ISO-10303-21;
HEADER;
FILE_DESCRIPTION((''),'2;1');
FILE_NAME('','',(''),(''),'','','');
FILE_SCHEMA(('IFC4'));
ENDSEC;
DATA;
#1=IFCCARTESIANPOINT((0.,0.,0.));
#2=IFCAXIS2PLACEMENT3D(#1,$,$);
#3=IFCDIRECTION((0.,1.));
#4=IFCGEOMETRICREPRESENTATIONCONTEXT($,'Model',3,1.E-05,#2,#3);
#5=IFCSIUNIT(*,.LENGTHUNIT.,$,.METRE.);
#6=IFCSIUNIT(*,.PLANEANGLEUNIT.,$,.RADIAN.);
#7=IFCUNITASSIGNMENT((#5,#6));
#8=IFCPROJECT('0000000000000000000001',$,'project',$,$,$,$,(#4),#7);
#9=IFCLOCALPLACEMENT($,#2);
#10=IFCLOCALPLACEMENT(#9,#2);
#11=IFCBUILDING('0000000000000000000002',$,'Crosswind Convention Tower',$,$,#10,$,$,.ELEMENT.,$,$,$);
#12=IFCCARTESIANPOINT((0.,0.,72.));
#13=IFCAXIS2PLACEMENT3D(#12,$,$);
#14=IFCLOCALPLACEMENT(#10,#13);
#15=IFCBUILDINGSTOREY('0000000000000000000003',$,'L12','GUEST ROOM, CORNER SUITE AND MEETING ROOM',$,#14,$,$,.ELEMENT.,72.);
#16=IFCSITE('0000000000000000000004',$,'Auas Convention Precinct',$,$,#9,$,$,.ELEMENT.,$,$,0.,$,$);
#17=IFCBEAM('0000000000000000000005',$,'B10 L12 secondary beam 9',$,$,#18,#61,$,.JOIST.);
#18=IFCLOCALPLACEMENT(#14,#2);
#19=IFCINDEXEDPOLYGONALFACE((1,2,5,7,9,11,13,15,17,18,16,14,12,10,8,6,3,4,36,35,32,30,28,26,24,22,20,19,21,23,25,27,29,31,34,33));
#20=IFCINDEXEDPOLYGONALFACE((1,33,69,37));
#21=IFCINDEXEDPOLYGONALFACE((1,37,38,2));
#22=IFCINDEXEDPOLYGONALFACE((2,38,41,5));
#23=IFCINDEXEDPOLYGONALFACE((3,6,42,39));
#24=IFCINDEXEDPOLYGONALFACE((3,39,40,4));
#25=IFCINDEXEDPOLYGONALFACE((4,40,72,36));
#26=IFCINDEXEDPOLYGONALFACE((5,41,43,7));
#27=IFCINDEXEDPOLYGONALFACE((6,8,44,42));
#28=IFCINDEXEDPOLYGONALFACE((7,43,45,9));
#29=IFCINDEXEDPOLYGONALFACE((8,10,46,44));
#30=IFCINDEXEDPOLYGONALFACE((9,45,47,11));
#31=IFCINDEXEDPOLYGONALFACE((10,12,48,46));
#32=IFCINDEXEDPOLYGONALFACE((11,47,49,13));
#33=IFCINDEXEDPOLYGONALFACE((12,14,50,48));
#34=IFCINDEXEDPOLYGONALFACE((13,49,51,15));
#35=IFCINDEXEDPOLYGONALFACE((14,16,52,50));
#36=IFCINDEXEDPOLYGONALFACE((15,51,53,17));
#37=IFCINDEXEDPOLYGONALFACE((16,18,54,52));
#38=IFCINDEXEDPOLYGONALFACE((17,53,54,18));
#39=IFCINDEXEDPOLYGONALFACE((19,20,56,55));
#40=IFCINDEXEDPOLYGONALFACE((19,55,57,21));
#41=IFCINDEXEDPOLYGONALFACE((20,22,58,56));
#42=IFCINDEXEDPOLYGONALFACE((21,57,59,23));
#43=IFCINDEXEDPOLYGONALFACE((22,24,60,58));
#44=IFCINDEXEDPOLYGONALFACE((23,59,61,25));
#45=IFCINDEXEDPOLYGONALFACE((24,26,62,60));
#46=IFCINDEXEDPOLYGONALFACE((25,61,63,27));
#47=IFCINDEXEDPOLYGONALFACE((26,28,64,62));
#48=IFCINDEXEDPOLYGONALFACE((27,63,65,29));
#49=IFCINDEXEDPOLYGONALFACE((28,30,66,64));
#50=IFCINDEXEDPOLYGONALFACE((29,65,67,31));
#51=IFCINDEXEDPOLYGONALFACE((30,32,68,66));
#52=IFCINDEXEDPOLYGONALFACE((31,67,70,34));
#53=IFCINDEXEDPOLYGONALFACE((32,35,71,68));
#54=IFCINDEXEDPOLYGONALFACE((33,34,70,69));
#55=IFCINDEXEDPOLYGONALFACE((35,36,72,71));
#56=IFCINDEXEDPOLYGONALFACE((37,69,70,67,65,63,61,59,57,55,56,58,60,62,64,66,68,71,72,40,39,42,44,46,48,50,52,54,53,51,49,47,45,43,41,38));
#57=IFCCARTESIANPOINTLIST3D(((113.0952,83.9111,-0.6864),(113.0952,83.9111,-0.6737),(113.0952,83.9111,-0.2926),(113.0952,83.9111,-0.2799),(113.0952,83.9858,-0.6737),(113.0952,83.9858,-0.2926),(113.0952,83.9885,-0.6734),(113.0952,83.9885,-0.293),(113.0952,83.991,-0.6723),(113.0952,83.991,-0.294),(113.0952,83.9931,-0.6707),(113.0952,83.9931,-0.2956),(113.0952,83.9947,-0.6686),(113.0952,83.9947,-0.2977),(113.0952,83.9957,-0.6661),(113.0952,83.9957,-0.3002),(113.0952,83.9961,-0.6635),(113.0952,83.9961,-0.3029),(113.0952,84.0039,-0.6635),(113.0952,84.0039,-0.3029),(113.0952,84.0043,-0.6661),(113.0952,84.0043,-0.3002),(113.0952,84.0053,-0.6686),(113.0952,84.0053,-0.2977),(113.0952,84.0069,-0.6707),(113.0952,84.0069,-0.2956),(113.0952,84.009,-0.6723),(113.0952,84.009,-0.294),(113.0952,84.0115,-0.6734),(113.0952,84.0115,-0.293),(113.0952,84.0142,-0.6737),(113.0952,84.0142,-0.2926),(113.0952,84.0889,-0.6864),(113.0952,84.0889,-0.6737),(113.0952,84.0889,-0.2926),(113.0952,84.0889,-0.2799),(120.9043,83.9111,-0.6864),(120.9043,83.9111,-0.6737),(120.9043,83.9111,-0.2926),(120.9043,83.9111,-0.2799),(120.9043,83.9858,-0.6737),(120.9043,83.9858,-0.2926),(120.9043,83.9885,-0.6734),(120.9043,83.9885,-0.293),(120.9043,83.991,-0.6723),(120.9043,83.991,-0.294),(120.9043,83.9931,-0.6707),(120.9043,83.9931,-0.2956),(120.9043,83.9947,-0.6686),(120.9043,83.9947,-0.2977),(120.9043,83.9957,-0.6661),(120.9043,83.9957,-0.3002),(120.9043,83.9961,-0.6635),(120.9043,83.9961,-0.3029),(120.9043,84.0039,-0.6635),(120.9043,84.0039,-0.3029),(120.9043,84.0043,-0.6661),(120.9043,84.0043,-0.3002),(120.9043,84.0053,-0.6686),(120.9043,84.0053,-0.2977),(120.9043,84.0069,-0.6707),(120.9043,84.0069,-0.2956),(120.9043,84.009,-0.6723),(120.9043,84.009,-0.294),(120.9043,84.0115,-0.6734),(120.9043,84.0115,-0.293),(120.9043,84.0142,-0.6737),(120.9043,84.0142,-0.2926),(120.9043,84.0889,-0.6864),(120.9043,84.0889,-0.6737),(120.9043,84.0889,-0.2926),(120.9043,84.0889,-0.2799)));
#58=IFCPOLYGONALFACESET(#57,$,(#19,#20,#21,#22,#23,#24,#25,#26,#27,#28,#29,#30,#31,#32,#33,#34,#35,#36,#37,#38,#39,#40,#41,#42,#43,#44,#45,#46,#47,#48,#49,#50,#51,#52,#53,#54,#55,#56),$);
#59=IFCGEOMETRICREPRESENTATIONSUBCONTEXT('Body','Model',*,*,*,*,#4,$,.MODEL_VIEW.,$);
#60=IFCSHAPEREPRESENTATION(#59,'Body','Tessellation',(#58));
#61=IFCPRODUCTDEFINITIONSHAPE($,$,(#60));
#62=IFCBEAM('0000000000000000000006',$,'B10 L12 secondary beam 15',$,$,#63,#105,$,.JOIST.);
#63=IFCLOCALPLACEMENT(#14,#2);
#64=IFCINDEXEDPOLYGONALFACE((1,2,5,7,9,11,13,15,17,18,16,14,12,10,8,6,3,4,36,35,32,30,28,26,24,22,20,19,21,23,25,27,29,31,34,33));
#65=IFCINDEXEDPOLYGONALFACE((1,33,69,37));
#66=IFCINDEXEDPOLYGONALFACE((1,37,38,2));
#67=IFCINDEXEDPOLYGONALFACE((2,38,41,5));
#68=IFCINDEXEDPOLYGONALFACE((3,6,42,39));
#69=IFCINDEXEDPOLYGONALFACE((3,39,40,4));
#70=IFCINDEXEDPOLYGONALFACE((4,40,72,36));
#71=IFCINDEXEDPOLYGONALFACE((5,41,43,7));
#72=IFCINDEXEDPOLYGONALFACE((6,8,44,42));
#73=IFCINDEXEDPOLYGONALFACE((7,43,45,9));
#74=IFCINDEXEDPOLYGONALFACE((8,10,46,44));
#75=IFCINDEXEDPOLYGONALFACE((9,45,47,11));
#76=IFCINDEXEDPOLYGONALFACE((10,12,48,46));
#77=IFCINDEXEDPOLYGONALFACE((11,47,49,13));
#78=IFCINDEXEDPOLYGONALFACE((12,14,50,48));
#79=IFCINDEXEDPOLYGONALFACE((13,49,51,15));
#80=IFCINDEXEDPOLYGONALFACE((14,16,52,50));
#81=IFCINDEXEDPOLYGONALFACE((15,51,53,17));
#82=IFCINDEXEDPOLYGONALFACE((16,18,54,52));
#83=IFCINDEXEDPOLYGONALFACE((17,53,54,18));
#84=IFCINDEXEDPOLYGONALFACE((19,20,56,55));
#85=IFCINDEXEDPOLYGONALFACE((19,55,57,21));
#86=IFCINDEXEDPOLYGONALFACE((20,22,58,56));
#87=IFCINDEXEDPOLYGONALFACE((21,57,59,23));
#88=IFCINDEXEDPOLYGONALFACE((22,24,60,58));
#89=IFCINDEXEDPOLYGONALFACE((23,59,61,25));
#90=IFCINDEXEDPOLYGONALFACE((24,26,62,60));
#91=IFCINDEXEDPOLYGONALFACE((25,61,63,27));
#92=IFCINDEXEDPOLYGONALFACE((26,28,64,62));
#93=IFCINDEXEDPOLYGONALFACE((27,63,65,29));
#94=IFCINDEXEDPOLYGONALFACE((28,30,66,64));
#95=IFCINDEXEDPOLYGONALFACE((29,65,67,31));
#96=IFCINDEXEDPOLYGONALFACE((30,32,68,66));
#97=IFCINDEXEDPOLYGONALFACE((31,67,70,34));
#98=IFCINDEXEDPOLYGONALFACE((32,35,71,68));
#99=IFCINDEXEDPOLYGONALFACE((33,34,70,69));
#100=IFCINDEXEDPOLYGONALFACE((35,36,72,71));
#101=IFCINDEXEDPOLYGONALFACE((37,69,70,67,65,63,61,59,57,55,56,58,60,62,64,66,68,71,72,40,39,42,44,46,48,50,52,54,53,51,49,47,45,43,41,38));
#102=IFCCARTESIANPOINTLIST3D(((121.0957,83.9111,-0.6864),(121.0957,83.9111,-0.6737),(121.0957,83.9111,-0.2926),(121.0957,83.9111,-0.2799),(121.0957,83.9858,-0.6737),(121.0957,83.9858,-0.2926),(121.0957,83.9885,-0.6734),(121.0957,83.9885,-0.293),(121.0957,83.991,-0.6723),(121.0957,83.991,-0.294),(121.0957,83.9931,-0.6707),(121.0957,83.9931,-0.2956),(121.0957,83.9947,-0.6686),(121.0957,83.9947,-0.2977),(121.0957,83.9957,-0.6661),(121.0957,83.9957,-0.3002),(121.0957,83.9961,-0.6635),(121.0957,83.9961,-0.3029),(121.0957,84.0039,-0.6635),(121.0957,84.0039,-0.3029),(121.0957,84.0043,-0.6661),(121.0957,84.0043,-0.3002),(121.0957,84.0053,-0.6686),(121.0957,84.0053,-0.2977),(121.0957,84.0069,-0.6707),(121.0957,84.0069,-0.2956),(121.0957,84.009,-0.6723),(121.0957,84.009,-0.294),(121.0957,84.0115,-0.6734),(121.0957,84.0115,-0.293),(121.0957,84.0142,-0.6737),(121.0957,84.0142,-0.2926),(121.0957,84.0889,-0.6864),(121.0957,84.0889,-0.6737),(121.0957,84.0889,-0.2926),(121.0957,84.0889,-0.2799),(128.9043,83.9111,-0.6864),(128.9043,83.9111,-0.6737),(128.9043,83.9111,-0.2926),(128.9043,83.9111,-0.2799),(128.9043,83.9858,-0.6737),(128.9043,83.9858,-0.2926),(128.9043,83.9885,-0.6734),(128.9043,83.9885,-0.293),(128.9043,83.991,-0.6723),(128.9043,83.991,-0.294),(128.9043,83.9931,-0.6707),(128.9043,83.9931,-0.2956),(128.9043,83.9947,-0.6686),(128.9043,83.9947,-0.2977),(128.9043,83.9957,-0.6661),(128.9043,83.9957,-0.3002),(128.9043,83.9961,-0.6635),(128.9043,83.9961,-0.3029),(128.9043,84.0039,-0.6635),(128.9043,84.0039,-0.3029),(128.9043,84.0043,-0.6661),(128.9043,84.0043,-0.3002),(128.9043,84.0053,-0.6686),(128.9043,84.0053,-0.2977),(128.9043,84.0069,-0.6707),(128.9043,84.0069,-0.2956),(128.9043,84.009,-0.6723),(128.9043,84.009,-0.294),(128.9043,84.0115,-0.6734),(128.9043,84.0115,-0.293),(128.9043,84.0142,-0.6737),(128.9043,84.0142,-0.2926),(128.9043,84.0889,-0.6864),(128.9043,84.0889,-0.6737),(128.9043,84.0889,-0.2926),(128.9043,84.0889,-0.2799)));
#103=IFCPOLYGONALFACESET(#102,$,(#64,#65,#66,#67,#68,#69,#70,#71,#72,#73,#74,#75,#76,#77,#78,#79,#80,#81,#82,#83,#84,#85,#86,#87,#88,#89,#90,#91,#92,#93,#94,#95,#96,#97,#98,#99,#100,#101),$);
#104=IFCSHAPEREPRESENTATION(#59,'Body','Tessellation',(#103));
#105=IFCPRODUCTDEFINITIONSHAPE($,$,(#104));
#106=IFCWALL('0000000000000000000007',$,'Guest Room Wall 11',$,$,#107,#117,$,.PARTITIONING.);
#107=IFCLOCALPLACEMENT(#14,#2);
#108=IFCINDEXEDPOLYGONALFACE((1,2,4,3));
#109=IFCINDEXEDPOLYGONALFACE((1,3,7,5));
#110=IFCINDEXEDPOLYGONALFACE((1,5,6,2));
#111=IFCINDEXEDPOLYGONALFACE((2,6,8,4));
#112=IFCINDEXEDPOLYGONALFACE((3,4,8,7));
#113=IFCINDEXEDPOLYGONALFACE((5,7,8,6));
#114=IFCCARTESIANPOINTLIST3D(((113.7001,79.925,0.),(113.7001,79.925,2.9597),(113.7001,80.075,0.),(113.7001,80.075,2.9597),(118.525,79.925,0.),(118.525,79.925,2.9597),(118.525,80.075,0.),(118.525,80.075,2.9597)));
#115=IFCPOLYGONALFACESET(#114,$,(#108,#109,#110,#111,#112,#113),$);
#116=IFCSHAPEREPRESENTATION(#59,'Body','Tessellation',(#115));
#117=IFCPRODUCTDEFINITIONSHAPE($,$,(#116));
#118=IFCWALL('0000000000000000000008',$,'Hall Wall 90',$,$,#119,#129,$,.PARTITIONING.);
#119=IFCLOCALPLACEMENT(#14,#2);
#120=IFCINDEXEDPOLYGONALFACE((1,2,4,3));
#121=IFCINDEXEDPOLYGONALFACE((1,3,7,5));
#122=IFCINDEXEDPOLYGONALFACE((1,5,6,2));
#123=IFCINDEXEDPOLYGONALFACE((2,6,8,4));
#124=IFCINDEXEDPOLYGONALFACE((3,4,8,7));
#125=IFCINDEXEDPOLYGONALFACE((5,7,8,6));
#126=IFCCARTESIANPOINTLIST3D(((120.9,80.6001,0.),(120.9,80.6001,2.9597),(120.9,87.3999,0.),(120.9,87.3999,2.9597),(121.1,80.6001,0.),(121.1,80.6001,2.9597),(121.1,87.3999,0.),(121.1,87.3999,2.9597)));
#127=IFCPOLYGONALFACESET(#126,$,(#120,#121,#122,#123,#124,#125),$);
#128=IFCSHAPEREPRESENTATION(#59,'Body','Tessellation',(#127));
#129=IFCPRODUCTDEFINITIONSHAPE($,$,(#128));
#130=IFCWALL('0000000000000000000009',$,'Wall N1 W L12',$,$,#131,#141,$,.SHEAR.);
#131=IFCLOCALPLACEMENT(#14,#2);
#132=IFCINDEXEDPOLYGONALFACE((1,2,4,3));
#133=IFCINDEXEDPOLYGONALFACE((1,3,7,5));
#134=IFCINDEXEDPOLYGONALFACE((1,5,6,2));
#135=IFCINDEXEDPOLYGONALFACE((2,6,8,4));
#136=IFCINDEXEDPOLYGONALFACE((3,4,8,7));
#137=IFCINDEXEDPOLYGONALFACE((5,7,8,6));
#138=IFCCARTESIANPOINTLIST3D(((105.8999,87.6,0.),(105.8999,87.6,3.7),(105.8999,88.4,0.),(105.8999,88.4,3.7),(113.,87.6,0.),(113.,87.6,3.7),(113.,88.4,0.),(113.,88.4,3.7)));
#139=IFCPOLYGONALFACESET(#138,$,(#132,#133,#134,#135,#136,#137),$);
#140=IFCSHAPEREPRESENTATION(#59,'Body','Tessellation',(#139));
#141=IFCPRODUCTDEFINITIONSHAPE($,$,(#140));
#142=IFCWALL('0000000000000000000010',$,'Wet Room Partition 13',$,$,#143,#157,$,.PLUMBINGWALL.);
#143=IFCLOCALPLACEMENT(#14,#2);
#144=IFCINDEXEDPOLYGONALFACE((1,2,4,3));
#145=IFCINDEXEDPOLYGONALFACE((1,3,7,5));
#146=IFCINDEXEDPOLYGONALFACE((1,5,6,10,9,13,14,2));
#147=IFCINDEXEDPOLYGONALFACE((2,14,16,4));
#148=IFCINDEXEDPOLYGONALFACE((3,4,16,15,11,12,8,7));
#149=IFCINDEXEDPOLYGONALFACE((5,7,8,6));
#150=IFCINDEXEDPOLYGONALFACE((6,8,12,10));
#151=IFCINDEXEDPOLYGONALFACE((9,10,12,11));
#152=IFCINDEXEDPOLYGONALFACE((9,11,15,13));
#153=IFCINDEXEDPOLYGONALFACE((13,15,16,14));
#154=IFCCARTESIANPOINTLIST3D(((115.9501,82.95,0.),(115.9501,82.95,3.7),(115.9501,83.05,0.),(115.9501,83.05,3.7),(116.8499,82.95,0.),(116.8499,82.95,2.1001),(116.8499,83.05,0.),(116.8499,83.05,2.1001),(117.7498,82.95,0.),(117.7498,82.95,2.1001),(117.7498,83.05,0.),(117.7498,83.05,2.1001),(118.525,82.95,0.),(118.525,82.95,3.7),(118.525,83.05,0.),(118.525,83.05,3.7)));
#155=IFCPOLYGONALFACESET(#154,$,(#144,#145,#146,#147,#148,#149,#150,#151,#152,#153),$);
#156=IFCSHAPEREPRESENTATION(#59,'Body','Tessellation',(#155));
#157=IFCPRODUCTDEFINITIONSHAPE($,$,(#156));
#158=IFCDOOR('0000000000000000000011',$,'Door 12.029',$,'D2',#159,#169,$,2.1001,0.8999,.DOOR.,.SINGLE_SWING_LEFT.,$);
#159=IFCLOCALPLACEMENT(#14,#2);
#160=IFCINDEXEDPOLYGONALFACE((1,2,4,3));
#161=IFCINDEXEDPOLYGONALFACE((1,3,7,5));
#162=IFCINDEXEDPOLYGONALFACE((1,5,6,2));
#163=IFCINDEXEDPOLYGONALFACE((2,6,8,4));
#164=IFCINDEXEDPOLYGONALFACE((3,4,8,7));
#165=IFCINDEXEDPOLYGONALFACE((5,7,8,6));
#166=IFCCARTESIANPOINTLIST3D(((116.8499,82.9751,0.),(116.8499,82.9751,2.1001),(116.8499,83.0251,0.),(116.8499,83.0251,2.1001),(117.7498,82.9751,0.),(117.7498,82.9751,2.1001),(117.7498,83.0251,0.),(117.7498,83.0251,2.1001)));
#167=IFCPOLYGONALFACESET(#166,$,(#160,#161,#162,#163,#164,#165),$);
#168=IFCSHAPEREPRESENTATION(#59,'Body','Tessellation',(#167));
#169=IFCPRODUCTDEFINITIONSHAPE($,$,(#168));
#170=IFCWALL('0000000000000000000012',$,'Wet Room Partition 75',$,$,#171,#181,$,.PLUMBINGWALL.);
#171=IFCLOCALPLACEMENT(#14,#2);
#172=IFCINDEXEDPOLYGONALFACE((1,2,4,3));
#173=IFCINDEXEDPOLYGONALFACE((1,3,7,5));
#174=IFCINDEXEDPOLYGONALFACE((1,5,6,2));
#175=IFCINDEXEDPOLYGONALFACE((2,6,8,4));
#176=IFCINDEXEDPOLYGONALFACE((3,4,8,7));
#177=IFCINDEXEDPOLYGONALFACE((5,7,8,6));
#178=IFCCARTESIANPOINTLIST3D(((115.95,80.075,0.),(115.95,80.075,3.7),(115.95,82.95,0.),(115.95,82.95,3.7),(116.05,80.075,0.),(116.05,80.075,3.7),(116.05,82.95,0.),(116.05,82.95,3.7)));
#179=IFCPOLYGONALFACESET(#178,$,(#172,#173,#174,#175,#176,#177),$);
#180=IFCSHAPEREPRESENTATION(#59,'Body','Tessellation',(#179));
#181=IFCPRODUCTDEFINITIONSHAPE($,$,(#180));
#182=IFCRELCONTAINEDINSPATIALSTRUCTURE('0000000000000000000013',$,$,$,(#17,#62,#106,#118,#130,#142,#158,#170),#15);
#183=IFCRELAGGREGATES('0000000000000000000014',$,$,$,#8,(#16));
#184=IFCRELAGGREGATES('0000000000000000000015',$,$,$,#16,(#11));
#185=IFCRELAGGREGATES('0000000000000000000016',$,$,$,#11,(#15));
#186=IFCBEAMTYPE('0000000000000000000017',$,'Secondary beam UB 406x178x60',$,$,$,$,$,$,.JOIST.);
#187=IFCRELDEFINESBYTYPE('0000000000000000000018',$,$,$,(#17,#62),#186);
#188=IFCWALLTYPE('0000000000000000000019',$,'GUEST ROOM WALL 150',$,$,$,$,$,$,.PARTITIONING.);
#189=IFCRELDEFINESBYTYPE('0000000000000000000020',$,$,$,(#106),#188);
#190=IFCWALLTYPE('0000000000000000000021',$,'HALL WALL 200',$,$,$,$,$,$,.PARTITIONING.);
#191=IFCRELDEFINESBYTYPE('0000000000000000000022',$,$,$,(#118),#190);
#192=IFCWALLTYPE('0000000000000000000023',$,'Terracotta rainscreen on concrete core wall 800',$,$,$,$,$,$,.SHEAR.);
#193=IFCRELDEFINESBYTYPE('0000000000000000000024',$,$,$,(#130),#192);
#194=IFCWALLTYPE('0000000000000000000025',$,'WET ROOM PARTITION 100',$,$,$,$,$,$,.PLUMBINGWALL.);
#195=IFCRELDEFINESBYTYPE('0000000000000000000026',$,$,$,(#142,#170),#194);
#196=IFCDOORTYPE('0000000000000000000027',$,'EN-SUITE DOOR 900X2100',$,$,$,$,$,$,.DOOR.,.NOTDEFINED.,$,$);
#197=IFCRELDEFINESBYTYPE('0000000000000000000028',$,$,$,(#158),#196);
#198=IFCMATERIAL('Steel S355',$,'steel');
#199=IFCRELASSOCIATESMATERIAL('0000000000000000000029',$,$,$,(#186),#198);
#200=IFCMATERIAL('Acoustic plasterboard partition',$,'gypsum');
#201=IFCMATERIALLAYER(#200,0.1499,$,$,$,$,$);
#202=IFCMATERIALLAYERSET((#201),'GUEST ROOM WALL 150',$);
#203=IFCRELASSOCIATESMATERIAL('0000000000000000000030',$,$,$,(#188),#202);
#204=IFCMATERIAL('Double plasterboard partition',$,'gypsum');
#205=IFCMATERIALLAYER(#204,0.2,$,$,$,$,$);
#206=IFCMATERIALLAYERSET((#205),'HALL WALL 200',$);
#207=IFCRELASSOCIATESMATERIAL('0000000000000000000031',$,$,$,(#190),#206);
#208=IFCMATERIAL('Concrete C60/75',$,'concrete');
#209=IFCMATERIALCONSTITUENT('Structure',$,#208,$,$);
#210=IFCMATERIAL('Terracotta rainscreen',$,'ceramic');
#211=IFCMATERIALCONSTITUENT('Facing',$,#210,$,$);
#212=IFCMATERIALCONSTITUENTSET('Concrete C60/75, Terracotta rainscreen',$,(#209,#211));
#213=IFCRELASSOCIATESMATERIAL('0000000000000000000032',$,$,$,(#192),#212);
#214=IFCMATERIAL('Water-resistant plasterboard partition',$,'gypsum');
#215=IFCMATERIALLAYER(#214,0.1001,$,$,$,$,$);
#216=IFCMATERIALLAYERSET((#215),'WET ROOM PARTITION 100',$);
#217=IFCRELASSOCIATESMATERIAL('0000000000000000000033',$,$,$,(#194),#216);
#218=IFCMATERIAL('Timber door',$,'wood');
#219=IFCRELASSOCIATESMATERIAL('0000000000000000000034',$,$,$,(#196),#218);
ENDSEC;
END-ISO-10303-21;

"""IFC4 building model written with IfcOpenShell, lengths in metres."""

from ifc_helpers import new_model, si_unit, direction, frame, frame_2d, origin, origin_2d, place, context, subcontext, project, spatial, rectangle, i_section, extrude, material, layer, layer_set, constituent, constituent_set, material_profile, profile_set, type_object, element, fill, save


model = new_model("IFC4")

# Units and contexts
model_context = context("Model", 3, precision=1e-05, world=origin(), true_north=direction((0.0, 1.0)))
body_context = subcontext(model_context, "Body", "Model", "MODEL_VIEW")
ifc_project = project(units=[si_unit("LENGTHUNIT", "METRE"), si_unit("PLANEANGLEUNIT", "RADIAN")], contexts=[model_context])

# Site, building, storey
site_placement = place(None, origin())
site = spatial("IfcSite", under=ifc_project, at=site_placement, Name="Auas Convention Precinct", CompositionType="ELEMENT", RefElevation=0.0)
building_placement = place(site_placement, origin())
building = spatial("IfcBuilding", under=site, at=building_placement, Name="Crosswind Convention Tower", CompositionType="ELEMENT")
storey_placement = place(building_placement, frame((0.0, 0.0, 72.0)))
storey = spatial("IfcBuildingStorey", under=building, at=storey_placement, Name="L12", Description="GUEST ROOM, CORNER SUITE AND MEETING ROOM", CompositionType="ELEMENT", Elevation=72.0)

# Shared definitions
ifc_material_1 = material(Name="Steel S355", Category="steel")

# Beams
ifc_material_profile_1 = material_profile(ifc_material_1, i_section(OverallWidth=0.1777, OverallDepth=0.4065, WebThickness=0.0078, FlangeThickness=0.0127, FilletRadius=0.0103, at=origin_2d()), Name="UB 406x178x60")
ifc_profile_set_1 = profile_set([ifc_material_profile_1], Name="Steel S355")
beam_type_1 = type_object("IfcBeamType", Name="Secondary beam UB 406x178x60", PredefinedType="JOIST", material=ifc_profile_set_1)
beam_1_placement = place(storey_placement, frame((113.0952, 84.0, -0.4832), z_axis=(1.0, 0.0, 0.0), x_axis=(0.0, 1.0, 0.0)))
element("IfcBeam", 1, at=beam_1_placement, inside=storey, type_object=beam_type_1, Name="B10 L12 secondary beam 9", PredefinedType="JOIST", context=body_context, shape_type="SweptSolid", body=[
    extrude(i_section(OverallWidth=0.1777, OverallDepth=0.4065, WebThickness=0.0078, FlangeThickness=0.0127, FilletRadius=0.0103, at=origin_2d()), origin(), (0.0, 0.0, 1.0), 7.8091),
])
beam_2_placement = place(storey_placement, frame((121.0957, 84.0, -0.4832), z_axis=(1.0, 0.0, 0.0), x_axis=(0.0, 1.0, 0.0)))
element("IfcBeam", 2, at=beam_2_placement, inside=storey, type_object=beam_type_1, Name="B10 L12 secondary beam 15", PredefinedType="JOIST", context=body_context, shape_type="SweptSolid", body=[
    extrude(i_section(OverallWidth=0.1777, OverallDepth=0.4065, WebThickness=0.0078, FlangeThickness=0.0127, FilletRadius=0.0103, at=origin_2d()), origin(), (0.0, 0.0, 1.0), 7.8086),
])

# Walls
ifc_material_2 = material(Name="Acoustic plasterboard partition", Category="gypsum")
ifc_layer_1 = layer(ifc_material_2, 0.1499)
ifc_layer_set_1 = layer_set([ifc_layer_1], Name="GUEST ROOM WALL 150")
wall_type_1 = type_object("IfcWallType", Name="GUEST ROOM WALL 150", PredefinedType="PARTITIONING", material=ifc_layer_set_1)
wall_1_placement = place(storey_placement, frame((113.7, 80.0, 0.0), z_axis=(0.0, 0.0, 1.0), x_axis=(1.0, 0.0, 0.0)))
element("IfcWall", 3, at=wall_1_placement, inside=storey, type_object=wall_type_1, Name="Guest Room Wall 11", PredefinedType="PARTITIONING", context=body_context, shape_type="SweptSolid", body=[
    extrude(rectangle(XDim=4.825, YDim=0.1499, at=frame_2d((2.4126, 0.0))), origin(), (0.0, 0.0, 1.0), 2.9597),
])
ifc_material_3 = material(Name="Double plasterboard partition", Category="gypsum")
ifc_layer_2 = layer(ifc_material_3, 0.2)
ifc_layer_set_2 = layer_set([ifc_layer_2], Name="HALL WALL 200")
wall_type_2 = type_object("IfcWallType", Name="HALL WALL 200", PredefinedType="PARTITIONING", material=ifc_layer_set_2)
wall_2_placement = place(storey_placement, frame((121.0, 80.6001, 0.0), z_axis=(0.0, 0.0, 1.0), x_axis=(0.0, 1.0, 0.0)))
element("IfcWall", 4, at=wall_2_placement, inside=storey, type_object=wall_type_2, Name="Hall Wall 90", PredefinedType="PARTITIONING", context=body_context, shape_type="SweptSolid", body=[
    extrude(rectangle(XDim=6.7998, YDim=0.2, at=frame_2d((3.3999, 0.0))), origin(), (0.0, 0.0, 1.0), 2.9597),
])
ifc_material_4 = material(Name="Concrete C60/75", Category="concrete")
ifc_constituent_1 = constituent(ifc_material_4, Name="Structure")
ifc_material_5 = material(Name="Terracotta rainscreen", Category="ceramic")
ifc_constituent_2 = constituent(ifc_material_5, Name="Facing")
ifc_constituent_set = constituent_set(constituents=[ifc_constituent_1, ifc_constituent_2], Name="Concrete C60/75, Terracotta rainscreen")
wall_type_3 = type_object("IfcWallType", Name="Terracotta rainscreen on concrete core wall 800", PredefinedType="SHEAR", material=ifc_constituent_set)
wall_3_placement = place(storey_placement, frame((113.0, 88.0, 0.0), z_axis=(0.0, 0.0, 1.0), x_axis=(-1.0, 0.0, 0.0)))
element("IfcWall", 5, at=wall_3_placement, inside=storey, type_object=wall_type_3, Name="Wall N1 W L12", PredefinedType="SHEAR", context=body_context, shape_type="SweptSolid", body=[
    extrude(rectangle(XDim=7.1001, YDim=0.8, at=frame_2d((3.55, 0.0))), origin(), (0.0, 0.0, 1.0), 3.7),
])

# Wall, opening, door
ifc_material_6 = material(Name="Water-resistant plasterboard partition", Category="gypsum")
ifc_layer_3 = layer(ifc_material_6, 0.1001)
ifc_layer_set_3 = layer_set([ifc_layer_3], Name="WET ROOM PARTITION 100")
wall_type_4 = type_object("IfcWallType", Name="WET ROOM PARTITION 100", PredefinedType="PLUMBINGWALL", material=ifc_layer_set_3)
wall_4_placement = place(storey_placement, frame((115.95, 83.0, 0.0), z_axis=(0.0, 0.0, 1.0), x_axis=(1.0, 0.0, 0.0)))
wall_4 = element("IfcWall", 6, at=wall_4_placement, inside=storey, type_object=wall_type_4, Name="Wet Room Partition 13", PredefinedType="PLUMBINGWALL", context=body_context, shape_type="SweptSolid", body=[
    extrude(rectangle(XDim=2.575, YDim=0.1001, at=frame_2d((1.2876, 0.0))), origin(), (0.0, 0.0, 1.0), 3.7),
])
opening_placement = place(wall_4_placement, frame((0.8999, 0.0, 0.0)))
opening = element("IfcOpeningElement", 7, at=opening_placement, cuts=wall_4, PredefinedType="OPENING", context=body_context, shape_type="SweptSolid", body=[
    extrude(rectangle(XDim=0.8999, YDim=2.1001, at=frame_2d((0.45, 1.05))), frame((0.0, 0.0601, 0.0), z_axis=(0.0, -1.0, 0.0), x_axis=(1.0, 0.0, 0.0)), (0.0, 0.0, 1.0), 0.1201),
])
ifc_material_7 = material(Name="Timber door", Category="wood")
door_type = type_object("IfcDoorType", Name="EN-SUITE DOOR 900X2100", OperationType="NOTDEFINED", PredefinedType="DOOR", material=ifc_material_7)
door_placement = place(opening_placement, frame((0.8999, 0.0, 0.0), z_axis=(0.0, 0.0, 1.0), x_axis=(-1.0, 0.0, 0.0)))
door = element("IfcDoor", 8, at=door_placement, inside=storey, type_object=door_type, Name="Door 12.029", ObjectType="D2", OperationType="SINGLE_SWING_LEFT", OverallHeight=2.1001, OverallWidth=0.8999, PredefinedType="DOOR", context=body_context, shape_type="SweptSolid", body=[
    extrude(rectangle(XDim=0.8999, YDim=2.1001, at=frame_2d((0.45, 1.05))), frame((0.0, 0.0249, 0.0), z_axis=(0.0, -1.0, 0.0), x_axis=(1.0, 0.0, 0.0)), (0.0, 0.0, 1.0), 0.05),
])
fill(opening, door)

# Wall
wall_5_placement = place(storey_placement, frame((116.0, 80.075, 0.0), z_axis=(0.0, 0.0, 1.0), x_axis=(0.0, 1.0, 0.0)))
element("IfcWall", 9, at=wall_5_placement, inside=storey, type_object=wall_type_4, Name="Wet Room Partition 75", PredefinedType="PLUMBINGWALL", context=body_context, shape_type="SweptSolid", body=[
    extrude(rectangle(XDim=2.875, YDim=0.1001, at=frame_2d((1.4375, 0.0))), origin(), (0.0, 0.0, 1.0), 3.7),
])

save(model, "model.ifc")
